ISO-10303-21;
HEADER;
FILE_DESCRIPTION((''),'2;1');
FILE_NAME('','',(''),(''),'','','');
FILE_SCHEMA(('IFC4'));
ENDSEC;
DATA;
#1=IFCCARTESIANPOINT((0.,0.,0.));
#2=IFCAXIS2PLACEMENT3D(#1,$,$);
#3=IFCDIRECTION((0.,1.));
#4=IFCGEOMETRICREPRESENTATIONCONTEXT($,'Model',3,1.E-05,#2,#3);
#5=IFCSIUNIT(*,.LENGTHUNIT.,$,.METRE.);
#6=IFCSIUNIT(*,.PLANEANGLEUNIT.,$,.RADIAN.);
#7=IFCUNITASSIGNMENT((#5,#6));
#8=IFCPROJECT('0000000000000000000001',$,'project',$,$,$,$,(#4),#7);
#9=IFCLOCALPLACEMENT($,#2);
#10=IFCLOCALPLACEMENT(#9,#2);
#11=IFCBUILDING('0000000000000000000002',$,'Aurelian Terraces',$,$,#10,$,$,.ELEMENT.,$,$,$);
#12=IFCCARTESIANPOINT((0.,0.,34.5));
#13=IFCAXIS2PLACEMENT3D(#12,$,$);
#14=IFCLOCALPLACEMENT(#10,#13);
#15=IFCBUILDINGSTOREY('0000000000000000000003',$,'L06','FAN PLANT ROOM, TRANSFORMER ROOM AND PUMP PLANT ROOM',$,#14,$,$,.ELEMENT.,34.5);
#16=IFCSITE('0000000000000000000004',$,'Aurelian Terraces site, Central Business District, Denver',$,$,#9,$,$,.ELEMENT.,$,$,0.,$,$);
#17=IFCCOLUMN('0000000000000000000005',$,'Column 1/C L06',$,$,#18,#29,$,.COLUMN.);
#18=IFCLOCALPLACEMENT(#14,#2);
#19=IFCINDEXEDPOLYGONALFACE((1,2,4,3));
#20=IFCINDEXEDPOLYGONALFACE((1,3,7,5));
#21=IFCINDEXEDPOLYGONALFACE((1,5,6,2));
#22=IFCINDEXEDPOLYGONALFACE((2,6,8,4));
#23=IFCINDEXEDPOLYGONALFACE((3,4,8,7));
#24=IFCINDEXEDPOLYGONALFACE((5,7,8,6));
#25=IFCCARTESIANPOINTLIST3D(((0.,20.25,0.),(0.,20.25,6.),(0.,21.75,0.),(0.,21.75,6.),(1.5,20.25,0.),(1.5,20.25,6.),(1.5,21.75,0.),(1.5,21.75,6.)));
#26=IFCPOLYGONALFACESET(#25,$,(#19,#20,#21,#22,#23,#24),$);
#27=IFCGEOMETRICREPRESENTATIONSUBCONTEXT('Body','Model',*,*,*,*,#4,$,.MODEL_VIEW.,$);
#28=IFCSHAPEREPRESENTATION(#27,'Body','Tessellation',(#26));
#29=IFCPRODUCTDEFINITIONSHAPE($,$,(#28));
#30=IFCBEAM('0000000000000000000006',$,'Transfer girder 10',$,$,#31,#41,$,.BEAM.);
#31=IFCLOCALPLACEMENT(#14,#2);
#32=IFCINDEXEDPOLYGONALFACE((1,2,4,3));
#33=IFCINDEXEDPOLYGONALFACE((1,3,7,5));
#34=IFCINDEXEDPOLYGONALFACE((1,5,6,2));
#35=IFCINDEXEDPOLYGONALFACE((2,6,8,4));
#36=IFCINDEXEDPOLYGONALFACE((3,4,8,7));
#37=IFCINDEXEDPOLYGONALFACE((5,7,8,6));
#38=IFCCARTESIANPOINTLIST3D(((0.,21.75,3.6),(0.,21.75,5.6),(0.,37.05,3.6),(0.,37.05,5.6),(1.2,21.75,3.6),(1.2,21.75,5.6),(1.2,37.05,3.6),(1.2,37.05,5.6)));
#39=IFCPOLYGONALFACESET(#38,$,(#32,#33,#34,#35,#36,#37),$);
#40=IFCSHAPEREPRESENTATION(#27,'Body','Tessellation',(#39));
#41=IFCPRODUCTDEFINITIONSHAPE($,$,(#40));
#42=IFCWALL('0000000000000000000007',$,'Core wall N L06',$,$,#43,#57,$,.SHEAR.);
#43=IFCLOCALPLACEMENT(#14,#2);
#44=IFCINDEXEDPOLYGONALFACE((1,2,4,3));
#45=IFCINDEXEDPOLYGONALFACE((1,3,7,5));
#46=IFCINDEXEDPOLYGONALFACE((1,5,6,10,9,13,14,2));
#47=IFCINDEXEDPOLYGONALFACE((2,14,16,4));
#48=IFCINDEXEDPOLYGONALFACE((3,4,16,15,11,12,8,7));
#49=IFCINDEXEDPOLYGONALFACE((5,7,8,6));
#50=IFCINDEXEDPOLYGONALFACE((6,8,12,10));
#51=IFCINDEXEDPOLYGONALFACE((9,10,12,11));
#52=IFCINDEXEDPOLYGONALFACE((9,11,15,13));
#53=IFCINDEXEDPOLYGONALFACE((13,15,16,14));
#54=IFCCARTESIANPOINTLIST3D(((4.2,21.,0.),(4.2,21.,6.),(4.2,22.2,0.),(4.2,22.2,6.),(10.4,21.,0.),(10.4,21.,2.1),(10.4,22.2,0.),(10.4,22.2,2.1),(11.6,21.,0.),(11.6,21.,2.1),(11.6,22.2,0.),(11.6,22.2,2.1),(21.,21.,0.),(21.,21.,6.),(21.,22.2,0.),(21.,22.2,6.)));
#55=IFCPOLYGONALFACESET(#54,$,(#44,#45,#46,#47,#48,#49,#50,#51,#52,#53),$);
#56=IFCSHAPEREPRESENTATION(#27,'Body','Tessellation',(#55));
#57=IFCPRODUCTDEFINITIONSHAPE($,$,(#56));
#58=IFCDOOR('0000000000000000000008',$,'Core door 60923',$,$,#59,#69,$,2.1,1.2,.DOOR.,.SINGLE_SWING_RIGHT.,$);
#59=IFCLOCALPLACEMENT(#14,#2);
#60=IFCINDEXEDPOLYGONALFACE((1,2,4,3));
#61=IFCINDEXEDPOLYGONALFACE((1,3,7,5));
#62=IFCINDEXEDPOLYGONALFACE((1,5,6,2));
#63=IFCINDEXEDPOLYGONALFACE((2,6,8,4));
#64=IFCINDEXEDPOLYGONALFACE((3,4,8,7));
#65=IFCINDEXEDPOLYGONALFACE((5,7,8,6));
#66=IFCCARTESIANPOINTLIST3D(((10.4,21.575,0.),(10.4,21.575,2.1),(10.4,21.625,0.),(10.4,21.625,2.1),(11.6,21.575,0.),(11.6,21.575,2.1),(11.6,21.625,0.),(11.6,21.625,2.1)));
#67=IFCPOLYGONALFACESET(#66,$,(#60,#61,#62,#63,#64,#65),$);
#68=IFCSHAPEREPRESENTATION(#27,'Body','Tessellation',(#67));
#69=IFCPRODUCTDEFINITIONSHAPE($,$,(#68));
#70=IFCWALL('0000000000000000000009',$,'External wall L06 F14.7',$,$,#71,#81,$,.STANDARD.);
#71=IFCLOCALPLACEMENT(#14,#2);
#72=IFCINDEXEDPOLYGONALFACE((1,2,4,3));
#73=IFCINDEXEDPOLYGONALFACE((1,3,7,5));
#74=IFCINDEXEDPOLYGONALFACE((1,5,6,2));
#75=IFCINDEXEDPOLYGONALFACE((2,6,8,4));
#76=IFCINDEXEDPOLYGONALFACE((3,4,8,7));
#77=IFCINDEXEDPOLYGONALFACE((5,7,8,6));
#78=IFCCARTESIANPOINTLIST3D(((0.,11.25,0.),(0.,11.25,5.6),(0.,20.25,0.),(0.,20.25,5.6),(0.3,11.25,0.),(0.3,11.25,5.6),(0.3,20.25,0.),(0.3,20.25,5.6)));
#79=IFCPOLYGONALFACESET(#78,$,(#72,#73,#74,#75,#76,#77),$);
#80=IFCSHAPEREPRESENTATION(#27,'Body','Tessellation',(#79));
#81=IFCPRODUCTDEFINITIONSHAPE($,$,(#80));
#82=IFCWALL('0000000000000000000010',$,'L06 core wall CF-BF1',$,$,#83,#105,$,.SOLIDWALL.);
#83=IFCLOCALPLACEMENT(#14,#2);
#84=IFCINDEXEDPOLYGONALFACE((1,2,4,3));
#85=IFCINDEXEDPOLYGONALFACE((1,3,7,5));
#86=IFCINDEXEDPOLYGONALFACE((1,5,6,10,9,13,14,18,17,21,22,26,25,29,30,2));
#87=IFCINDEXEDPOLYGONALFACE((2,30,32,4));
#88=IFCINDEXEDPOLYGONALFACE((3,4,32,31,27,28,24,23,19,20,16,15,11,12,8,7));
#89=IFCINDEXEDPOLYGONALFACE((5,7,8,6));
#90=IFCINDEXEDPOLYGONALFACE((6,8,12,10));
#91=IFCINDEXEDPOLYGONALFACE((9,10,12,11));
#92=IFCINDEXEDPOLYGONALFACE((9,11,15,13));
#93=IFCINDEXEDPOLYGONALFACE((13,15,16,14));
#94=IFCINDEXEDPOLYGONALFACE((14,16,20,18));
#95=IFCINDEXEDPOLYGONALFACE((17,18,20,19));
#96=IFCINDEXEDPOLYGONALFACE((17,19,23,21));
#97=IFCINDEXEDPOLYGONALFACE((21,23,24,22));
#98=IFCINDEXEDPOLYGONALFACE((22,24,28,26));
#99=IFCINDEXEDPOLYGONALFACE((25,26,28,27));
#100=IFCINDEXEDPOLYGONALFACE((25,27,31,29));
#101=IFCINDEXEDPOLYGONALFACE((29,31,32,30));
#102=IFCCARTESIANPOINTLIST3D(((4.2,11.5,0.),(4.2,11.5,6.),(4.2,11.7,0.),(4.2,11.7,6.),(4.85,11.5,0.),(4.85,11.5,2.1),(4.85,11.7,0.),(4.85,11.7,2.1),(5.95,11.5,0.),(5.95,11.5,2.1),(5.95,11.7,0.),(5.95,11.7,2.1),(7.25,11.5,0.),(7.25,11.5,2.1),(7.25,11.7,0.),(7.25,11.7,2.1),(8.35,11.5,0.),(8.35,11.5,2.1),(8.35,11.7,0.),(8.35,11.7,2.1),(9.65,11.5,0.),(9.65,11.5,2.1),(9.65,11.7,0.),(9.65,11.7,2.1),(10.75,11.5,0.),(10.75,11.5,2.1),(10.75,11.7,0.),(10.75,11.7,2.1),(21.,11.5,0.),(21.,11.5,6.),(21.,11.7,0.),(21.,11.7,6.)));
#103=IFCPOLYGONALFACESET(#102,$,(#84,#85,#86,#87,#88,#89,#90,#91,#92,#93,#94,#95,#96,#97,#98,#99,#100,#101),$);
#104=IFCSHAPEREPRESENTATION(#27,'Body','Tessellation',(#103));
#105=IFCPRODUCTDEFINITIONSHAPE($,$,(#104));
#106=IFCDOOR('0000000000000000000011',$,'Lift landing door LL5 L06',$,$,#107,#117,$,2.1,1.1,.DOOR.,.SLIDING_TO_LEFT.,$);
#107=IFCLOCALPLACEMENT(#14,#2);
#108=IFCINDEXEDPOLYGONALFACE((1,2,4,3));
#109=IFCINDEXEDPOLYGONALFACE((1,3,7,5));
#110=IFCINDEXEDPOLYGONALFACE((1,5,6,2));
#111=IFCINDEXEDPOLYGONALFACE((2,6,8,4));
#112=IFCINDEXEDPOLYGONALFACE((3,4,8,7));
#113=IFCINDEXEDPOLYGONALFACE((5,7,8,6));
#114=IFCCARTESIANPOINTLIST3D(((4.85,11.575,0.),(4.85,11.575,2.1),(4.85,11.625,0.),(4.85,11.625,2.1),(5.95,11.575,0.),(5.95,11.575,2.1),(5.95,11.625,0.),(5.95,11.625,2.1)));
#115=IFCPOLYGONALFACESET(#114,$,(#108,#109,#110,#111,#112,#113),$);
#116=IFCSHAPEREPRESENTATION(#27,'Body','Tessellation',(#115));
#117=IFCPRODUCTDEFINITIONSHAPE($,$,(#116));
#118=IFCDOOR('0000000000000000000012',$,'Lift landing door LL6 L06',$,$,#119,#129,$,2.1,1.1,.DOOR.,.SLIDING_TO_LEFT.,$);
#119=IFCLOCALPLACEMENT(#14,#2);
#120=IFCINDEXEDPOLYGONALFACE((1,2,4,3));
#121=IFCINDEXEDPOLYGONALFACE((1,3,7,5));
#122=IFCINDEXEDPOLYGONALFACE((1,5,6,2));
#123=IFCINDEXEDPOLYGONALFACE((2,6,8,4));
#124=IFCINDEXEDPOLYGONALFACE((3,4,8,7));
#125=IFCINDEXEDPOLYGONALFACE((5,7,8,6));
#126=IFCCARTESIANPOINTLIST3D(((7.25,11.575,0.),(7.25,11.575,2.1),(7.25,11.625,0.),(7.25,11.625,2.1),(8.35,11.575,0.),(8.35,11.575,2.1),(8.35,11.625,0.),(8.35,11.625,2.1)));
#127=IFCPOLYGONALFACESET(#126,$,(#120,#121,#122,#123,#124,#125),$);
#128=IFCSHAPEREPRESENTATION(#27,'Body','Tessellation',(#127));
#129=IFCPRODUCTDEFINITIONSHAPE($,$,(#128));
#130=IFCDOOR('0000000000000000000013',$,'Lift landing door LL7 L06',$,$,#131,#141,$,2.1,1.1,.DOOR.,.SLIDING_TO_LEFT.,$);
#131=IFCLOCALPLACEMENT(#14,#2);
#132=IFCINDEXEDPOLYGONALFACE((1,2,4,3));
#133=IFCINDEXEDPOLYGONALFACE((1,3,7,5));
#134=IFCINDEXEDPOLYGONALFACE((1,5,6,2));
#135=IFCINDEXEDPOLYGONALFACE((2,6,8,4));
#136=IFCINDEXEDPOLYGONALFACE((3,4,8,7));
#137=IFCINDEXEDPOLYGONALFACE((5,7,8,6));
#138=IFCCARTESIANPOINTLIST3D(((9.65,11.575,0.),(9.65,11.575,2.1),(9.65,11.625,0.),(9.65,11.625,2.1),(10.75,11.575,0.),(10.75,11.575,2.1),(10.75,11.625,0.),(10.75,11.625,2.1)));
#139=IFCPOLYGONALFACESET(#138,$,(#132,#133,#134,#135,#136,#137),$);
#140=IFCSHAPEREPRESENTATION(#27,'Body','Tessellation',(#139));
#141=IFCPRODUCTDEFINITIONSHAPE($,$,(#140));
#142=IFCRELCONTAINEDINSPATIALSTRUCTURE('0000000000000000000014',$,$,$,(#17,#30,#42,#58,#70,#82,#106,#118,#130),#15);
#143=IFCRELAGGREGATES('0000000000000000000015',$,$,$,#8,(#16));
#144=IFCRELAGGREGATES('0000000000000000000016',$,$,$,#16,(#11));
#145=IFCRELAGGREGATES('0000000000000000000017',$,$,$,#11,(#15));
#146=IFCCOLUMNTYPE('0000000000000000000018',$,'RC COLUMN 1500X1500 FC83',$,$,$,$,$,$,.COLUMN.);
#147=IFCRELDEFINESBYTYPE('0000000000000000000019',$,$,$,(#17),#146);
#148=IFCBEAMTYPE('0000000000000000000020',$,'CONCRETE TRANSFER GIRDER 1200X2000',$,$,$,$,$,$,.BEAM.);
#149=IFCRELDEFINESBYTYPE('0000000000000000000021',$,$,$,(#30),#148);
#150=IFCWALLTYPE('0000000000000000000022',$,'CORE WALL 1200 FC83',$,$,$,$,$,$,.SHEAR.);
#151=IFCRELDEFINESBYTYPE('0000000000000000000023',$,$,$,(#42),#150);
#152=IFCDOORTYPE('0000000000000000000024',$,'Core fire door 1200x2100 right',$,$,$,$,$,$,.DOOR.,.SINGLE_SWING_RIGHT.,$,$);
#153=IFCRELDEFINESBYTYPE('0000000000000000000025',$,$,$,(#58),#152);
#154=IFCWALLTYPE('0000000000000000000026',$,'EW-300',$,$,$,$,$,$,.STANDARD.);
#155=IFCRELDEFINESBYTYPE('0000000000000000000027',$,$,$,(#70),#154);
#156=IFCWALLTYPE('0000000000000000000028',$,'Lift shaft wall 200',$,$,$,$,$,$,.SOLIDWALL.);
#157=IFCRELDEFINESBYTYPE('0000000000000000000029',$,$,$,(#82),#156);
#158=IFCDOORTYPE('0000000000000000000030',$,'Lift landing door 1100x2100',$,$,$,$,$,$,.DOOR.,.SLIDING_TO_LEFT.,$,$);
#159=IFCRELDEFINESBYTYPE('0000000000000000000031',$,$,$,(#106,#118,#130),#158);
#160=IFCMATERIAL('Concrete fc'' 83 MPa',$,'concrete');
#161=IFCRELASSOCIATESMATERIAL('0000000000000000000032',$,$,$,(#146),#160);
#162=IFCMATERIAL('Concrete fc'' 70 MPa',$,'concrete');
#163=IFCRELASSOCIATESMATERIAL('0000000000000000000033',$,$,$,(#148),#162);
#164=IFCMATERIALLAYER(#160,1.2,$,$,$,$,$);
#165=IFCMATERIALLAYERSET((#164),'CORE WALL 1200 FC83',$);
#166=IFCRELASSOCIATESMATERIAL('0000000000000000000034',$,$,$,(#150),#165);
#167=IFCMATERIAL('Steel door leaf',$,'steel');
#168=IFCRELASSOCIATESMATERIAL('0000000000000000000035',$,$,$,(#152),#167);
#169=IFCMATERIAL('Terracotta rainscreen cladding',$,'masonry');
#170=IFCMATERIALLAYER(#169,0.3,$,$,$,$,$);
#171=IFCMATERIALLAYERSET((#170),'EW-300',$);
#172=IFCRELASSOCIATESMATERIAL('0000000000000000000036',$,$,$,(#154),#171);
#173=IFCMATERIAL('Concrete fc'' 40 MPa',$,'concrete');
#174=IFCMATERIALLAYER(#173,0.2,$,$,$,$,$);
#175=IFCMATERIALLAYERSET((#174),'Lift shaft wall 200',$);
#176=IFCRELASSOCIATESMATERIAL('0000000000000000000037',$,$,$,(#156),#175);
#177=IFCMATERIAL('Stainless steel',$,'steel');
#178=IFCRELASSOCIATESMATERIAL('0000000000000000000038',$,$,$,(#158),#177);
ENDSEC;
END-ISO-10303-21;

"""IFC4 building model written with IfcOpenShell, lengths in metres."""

from ifc_helpers import new_model, si_unit, direction, frame, frame_2d, origin, origin_2d, place, context, subcontext, project, spatial, rectangle, extrude, source, transform, mapped, material, layer, layer_set, material_profile, profile_set, type_object, element, fill, save


model = new_model("IFC4")

# Units and contexts
model_context = context("Model", 3, precision=1e-05, world=origin(), true_north=direction((0.0, 1.0)))
body_context = subcontext(model_context, "Body", "Model", "MODEL_VIEW")
ifc_project = project(units=[si_unit("LENGTHUNIT", "METRE"), si_unit("PLANEANGLEUNIT", "RADIAN")], contexts=[model_context])

# Site, building, storey
site_placement = place(None, origin())
site = spatial("IfcSite", under=ifc_project, at=site_placement, Name="Aurelian Terraces site, Central Business District, Denver", CompositionType="ELEMENT", RefElevation=0.0)
building_placement = place(site_placement, origin())
building = spatial("IfcBuilding", under=site, at=building_placement, Name="Aurelian Terraces", CompositionType="ELEMENT")
storey_placement = place(building_placement, frame((0.0, 0.0, 34.5)))
storey = spatial("IfcBuildingStorey", under=building, at=storey_placement, Name="L06", Description="FAN PLANT ROOM, TRANSFORMER ROOM AND PUMP PLANT ROOM", CompositionType="ELEMENT", Elevation=34.5)

# Column
ifc_material_1 = material(Name="Concrete fc' 83 MPa", Category="concrete")
ifc_material_profile_1 = material_profile(ifc_material_1, rectangle(XDim=1.5, YDim=1.5, at=origin_2d()))
ifc_profile_set_1 = profile_set([ifc_material_profile_1], Name="Concrete fc' 83 MPa")
column_type = type_object("IfcColumnType", Name="RC COLUMN 1500X1500 FC83", PredefinedType="COLUMN", material=ifc_profile_set_1)
shared_shape_1 = source(origin(), body_context, "Body", "SweptSolid", [
    extrude(rectangle(XDim=1.5, YDim=1.5, at=origin_2d()), origin(), (0.0, 0.0, 1.0), 6.0),
])
column_placement = place(storey_placement, frame((0.75, 21.0, 0.0), z_axis=(0.0, 0.0, 1.0), x_axis=(1.0, 0.0, 0.0)))
element("IfcColumn", 1, at=column_placement, inside=storey, type_object=column_type, Name="Column 1/C L06", PredefinedType="COLUMN", context=body_context, shape_type="MappedRepresentation", body=[
    mapped(shared_shape_1, transform((0.0, 0.0, 0.0), scale=1.0)),
])

# Beam
ifc_material_2 = material(Name="Concrete fc' 70 MPa", Category="concrete")
ifc_material_profile_2 = material_profile(ifc_material_2, rectangle(XDim=1.2, YDim=2.0, at=origin_2d()))
ifc_profile_set_2 = profile_set([ifc_material_profile_2], Name="Concrete fc' 70 MPa")
beam_type = type_object("IfcBeamType", Name="CONCRETE TRANSFER GIRDER 1200X2000", PredefinedType="BEAM", material=ifc_profile_set_2)
shared_shape_2 = source(origin(), body_context, "Body", "SweptSolid", [
    extrude(rectangle(XDim=1.2, YDim=2.0, at=origin_2d()), origin(), (0.0, 0.0, 1.0), 15.3),
])
beam_placement = place(storey_placement, frame((0.6, 21.75, 4.6), z_axis=(0.0, 1.0, 0.0), x_axis=(-1.0, 0.0, 0.0)))
element("IfcBeam", 2, at=beam_placement, inside=storey, type_object=beam_type, Name="Transfer girder 10", PredefinedType="BEAM", context=body_context, shape_type="MappedRepresentation", body=[
    mapped(shared_shape_2, transform((0.0, 0.0, 0.0), scale=1.0)),
])

# Wall, opening, door
ifc_layer_1 = layer(ifc_material_1, 1.2)
ifc_layer_set_1 = layer_set([ifc_layer_1], Name="CORE WALL 1200 FC83")
wall_type_1 = type_object("IfcWallType", Name="CORE WALL 1200 FC83", PredefinedType="SHEAR", material=ifc_layer_set_1)
shared_shape_3 = source(origin(), body_context, "Body", "SweptSolid", [
    extrude(rectangle(XDim=16.8, YDim=1.2, at=frame_2d((8.4, 0.0))), origin(), (0.0, 0.0, 1.0), 6.0),
])
wall_1_placement = place(storey_placement, frame((4.2, 21.6, 0.0), z_axis=(0.0, 0.0, 1.0), x_axis=(1.0, 0.0, 0.0)))
wall_1 = element("IfcWall", 3, at=wall_1_placement, inside=storey, type_object=wall_type_1, Name="Core wall N L06", PredefinedType="SHEAR", context=body_context, shape_type="MappedRepresentation", body=[
    mapped(shared_shape_3, transform((0.0, 0.0, 0.0), scale=1.0)),
])
shared_shape_4 = source(origin(), body_context, "Body", "SweptSolid", [
    extrude(rectangle(XDim=1.2, YDim=2.1, at=frame_2d((0.6, 1.05))), frame((0.0, 0.61, 0.0), z_axis=(0.0, -1.0, 0.0), x_axis=(1.0, 0.0, 0.0)), (0.0, 0.0, 1.0), 1.22),
])
opening_1_placement = place(wall_1_placement, frame((6.2, 0.0, 0.0)))
opening_1 = element("IfcOpeningElement", 4, at=opening_1_placement, cuts=wall_1, PredefinedType="OPENING", context=body_context, shape_type="MappedRepresentation", body=[
    mapped(shared_shape_4, transform((0.0, 0.0, 0.0), scale=1.0)),
])
ifc_material_3 = material(Name="Steel door leaf", Category="steel")
door_type_1 = type_object("IfcDoorType", Name="Core fire door 1200x2100 right", OperationType="SINGLE_SWING_RIGHT", PredefinedType="DOOR", material=ifc_material_3)
shared_shape_5 = source(origin(), body_context, "Body", "SweptSolid", [
    extrude(rectangle(XDim=1.2, YDim=2.1, at=frame_2d((0.6, 1.05))), frame((0.0, 0.025, 0.0), z_axis=(0.0, -1.0, 0.0), x_axis=(1.0, 0.0, 0.0)), (0.0, 0.0, 1.0), 0.05),
])
door_1_placement = place(opening_1_placement, origin())
door_1 = element("IfcDoor", 5, at=door_1_placement, inside=storey, type_object=door_type_1, Name="Core door 60923", OperationType="SINGLE_SWING_RIGHT", OverallHeight=2.1, OverallWidth=1.2, PredefinedType="DOOR", context=body_context, shape_type="MappedRepresentation", body=[
    mapped(shared_shape_5, transform((0.0, 0.0, 0.0), scale=1.0)),
])
fill(opening_1, door_1)

# Wall
ifc_material_4 = material(Name="Terracotta rainscreen cladding", Category="masonry")
ifc_layer_2 = layer(ifc_material_4, 0.3)
ifc_layer_set_2 = layer_set([ifc_layer_2], Name="EW-300")
wall_type_2 = type_object("IfcWallType", Name="EW-300", PredefinedType="STANDARD", material=ifc_layer_set_2)
shared_shape_6 = source(origin(), body_context, "Body", "SweptSolid", [
    extrude(rectangle(XDim=9.0, YDim=0.3, at=frame_2d((4.5, 0.0))), origin(), (0.0, 0.0, 1.0), 5.6),
])
wall_2_placement = place(storey_placement, frame((0.15, 20.25, 0.0), z_axis=(0.0, 0.0, 1.0), x_axis=(0.0, -1.0, 0.0)))
element("IfcWall", 6, at=wall_2_placement, inside=storey, type_object=wall_type_2, Name="External wall L06 F14.7", PredefinedType="STANDARD", context=body_context, shape_type="MappedRepresentation", body=[
    mapped(shared_shape_6, transform((0.0, 0.0, 0.0), scale=1.0)),
])

# Wall, openings, doors
ifc_material_5 = material(Name="Concrete fc' 40 MPa", Category="concrete")
ifc_layer_3 = layer(ifc_material_5, 0.2)
ifc_layer_set_3 = layer_set([ifc_layer_3], Name="Lift shaft wall 200")
wall_type_3 = type_object("IfcWallType", Name="Lift shaft wall 200", PredefinedType="SOLIDWALL", material=ifc_layer_set_3)
shared_shape_7 = source(origin(), body_context, "Body", "SweptSolid", [
    extrude(rectangle(XDim=16.8, YDim=0.2, at=frame_2d((8.4, 0.0))), origin(), (0.0, 0.0, 1.0), 6.0),
])
wall_3_placement = place(storey_placement, frame((4.2, 11.6, 0.0), z_axis=(0.0, 0.0, 1.0), x_axis=(1.0, 0.0, 0.0)))
wall_3 = element("IfcWall", 7, at=wall_3_placement, inside=storey, type_object=wall_type_3, Name="L06 core wall CF-BF1", PredefinedType="SOLIDWALL", context=body_context, shape_type="MappedRepresentation", body=[
    mapped(shared_shape_7, transform((0.0, 0.0, 0.0), scale=1.0)),
])
shared_shape_8 = source(origin(), body_context, "Body", "SweptSolid", [
    extrude(rectangle(XDim=1.1, YDim=2.1, at=frame_2d((0.55, 1.05))), frame((0.0, 0.11, 0.0), z_axis=(0.0, -1.0, 0.0), x_axis=(1.0, 0.0, 0.0)), (0.0, 0.0, 1.0), 0.22),
])
opening_2_placement = place(wall_3_placement, frame((0.65, 0.0, 0.0)))
opening_2 = element("IfcOpeningElement", 8, at=opening_2_placement, cuts=wall_3, PredefinedType="OPENING", context=body_context, shape_type="MappedRepresentation", body=[
    mapped(shared_shape_8, transform((0.0, 0.0, 0.0), scale=1.0)),
])
opening_3_placement = place(wall_3_placement, frame((3.05, 0.0, 0.0)))
opening_3 = element("IfcOpeningElement", 9, at=opening_3_placement, cuts=wall_3, PredefinedType="OPENING", context=body_context, shape_type="MappedRepresentation", body=[
    mapped(shared_shape_8, transform((0.0, 0.0, 0.0), scale=1.0)),
])
opening_4_placement = place(wall_3_placement, frame((5.45, 0.0, 0.0)))
opening_4 = element("IfcOpeningElement", 10, at=opening_4_placement, cuts=wall_3, PredefinedType="OPENING", context=body_context, shape_type="MappedRepresentation", body=[
    mapped(shared_shape_8, transform((0.0, 0.0, 0.0), scale=1.0)),
])
ifc_material_6 = material(Name="Stainless steel", Category="steel")
door_type_2 = type_object("IfcDoorType", Name="Lift landing door 1100x2100", OperationType="SLIDING_TO_LEFT", PredefinedType="DOOR", material=ifc_material_6)
shared_shape_9 = source(origin(), body_context, "Body", "SweptSolid", [
    extrude(rectangle(XDim=1.1, YDim=2.1, at=frame_2d((0.55, 1.05))), frame((0.0, 0.025, 0.0), z_axis=(0.0, -1.0, 0.0), x_axis=(1.0, 0.0, 0.0)), (0.0, 0.0, 1.0), 0.05),
])
door_2_placement = place(opening_2_placement, origin())
door_2 = element("IfcDoor", 11, at=door_2_placement, inside=storey, type_object=door_type_2, Name="Lift landing door LL5 L06", OperationType="SLIDING_TO_LEFT", OverallHeight=2.1, OverallWidth=1.1, PredefinedType="DOOR", context=body_context, shape_type="MappedRepresentation", body=[
    mapped(shared_shape_9, transform((0.0, 0.0, 0.0), scale=1.0)),
])
fill(opening_2, door_2)
door_3_placement = place(opening_3_placement, origin())
door_3 = element("IfcDoor", 12, at=door_3_placement, inside=storey, type_object=door_type_2, Name="Lift landing door LL6 L06", OperationType="SLIDING_TO_LEFT", OverallHeight=2.1, OverallWidth=1.1, PredefinedType="DOOR", context=body_context, shape_type="MappedRepresentation", body=[
    mapped(shared_shape_9, transform((0.0, 0.0, 0.0), scale=1.0)),
])
fill(opening_3, door_3)
door_4_placement = place(opening_4_placement, origin())
door_4 = element("IfcDoor", 13, at=door_4_placement, inside=storey, type_object=door_type_2, Name="Lift landing door LL7 L06", OperationType="SLIDING_TO_LEFT", OverallHeight=2.1, OverallWidth=1.1, PredefinedType="DOOR", context=body_context, shape_type="MappedRepresentation", body=[
    mapped(shared_shape_9, transform((0.0, 0.0, 0.0), scale=1.0)),
])
fill(opening_4, door_4)

save(model, "model.ifc")
